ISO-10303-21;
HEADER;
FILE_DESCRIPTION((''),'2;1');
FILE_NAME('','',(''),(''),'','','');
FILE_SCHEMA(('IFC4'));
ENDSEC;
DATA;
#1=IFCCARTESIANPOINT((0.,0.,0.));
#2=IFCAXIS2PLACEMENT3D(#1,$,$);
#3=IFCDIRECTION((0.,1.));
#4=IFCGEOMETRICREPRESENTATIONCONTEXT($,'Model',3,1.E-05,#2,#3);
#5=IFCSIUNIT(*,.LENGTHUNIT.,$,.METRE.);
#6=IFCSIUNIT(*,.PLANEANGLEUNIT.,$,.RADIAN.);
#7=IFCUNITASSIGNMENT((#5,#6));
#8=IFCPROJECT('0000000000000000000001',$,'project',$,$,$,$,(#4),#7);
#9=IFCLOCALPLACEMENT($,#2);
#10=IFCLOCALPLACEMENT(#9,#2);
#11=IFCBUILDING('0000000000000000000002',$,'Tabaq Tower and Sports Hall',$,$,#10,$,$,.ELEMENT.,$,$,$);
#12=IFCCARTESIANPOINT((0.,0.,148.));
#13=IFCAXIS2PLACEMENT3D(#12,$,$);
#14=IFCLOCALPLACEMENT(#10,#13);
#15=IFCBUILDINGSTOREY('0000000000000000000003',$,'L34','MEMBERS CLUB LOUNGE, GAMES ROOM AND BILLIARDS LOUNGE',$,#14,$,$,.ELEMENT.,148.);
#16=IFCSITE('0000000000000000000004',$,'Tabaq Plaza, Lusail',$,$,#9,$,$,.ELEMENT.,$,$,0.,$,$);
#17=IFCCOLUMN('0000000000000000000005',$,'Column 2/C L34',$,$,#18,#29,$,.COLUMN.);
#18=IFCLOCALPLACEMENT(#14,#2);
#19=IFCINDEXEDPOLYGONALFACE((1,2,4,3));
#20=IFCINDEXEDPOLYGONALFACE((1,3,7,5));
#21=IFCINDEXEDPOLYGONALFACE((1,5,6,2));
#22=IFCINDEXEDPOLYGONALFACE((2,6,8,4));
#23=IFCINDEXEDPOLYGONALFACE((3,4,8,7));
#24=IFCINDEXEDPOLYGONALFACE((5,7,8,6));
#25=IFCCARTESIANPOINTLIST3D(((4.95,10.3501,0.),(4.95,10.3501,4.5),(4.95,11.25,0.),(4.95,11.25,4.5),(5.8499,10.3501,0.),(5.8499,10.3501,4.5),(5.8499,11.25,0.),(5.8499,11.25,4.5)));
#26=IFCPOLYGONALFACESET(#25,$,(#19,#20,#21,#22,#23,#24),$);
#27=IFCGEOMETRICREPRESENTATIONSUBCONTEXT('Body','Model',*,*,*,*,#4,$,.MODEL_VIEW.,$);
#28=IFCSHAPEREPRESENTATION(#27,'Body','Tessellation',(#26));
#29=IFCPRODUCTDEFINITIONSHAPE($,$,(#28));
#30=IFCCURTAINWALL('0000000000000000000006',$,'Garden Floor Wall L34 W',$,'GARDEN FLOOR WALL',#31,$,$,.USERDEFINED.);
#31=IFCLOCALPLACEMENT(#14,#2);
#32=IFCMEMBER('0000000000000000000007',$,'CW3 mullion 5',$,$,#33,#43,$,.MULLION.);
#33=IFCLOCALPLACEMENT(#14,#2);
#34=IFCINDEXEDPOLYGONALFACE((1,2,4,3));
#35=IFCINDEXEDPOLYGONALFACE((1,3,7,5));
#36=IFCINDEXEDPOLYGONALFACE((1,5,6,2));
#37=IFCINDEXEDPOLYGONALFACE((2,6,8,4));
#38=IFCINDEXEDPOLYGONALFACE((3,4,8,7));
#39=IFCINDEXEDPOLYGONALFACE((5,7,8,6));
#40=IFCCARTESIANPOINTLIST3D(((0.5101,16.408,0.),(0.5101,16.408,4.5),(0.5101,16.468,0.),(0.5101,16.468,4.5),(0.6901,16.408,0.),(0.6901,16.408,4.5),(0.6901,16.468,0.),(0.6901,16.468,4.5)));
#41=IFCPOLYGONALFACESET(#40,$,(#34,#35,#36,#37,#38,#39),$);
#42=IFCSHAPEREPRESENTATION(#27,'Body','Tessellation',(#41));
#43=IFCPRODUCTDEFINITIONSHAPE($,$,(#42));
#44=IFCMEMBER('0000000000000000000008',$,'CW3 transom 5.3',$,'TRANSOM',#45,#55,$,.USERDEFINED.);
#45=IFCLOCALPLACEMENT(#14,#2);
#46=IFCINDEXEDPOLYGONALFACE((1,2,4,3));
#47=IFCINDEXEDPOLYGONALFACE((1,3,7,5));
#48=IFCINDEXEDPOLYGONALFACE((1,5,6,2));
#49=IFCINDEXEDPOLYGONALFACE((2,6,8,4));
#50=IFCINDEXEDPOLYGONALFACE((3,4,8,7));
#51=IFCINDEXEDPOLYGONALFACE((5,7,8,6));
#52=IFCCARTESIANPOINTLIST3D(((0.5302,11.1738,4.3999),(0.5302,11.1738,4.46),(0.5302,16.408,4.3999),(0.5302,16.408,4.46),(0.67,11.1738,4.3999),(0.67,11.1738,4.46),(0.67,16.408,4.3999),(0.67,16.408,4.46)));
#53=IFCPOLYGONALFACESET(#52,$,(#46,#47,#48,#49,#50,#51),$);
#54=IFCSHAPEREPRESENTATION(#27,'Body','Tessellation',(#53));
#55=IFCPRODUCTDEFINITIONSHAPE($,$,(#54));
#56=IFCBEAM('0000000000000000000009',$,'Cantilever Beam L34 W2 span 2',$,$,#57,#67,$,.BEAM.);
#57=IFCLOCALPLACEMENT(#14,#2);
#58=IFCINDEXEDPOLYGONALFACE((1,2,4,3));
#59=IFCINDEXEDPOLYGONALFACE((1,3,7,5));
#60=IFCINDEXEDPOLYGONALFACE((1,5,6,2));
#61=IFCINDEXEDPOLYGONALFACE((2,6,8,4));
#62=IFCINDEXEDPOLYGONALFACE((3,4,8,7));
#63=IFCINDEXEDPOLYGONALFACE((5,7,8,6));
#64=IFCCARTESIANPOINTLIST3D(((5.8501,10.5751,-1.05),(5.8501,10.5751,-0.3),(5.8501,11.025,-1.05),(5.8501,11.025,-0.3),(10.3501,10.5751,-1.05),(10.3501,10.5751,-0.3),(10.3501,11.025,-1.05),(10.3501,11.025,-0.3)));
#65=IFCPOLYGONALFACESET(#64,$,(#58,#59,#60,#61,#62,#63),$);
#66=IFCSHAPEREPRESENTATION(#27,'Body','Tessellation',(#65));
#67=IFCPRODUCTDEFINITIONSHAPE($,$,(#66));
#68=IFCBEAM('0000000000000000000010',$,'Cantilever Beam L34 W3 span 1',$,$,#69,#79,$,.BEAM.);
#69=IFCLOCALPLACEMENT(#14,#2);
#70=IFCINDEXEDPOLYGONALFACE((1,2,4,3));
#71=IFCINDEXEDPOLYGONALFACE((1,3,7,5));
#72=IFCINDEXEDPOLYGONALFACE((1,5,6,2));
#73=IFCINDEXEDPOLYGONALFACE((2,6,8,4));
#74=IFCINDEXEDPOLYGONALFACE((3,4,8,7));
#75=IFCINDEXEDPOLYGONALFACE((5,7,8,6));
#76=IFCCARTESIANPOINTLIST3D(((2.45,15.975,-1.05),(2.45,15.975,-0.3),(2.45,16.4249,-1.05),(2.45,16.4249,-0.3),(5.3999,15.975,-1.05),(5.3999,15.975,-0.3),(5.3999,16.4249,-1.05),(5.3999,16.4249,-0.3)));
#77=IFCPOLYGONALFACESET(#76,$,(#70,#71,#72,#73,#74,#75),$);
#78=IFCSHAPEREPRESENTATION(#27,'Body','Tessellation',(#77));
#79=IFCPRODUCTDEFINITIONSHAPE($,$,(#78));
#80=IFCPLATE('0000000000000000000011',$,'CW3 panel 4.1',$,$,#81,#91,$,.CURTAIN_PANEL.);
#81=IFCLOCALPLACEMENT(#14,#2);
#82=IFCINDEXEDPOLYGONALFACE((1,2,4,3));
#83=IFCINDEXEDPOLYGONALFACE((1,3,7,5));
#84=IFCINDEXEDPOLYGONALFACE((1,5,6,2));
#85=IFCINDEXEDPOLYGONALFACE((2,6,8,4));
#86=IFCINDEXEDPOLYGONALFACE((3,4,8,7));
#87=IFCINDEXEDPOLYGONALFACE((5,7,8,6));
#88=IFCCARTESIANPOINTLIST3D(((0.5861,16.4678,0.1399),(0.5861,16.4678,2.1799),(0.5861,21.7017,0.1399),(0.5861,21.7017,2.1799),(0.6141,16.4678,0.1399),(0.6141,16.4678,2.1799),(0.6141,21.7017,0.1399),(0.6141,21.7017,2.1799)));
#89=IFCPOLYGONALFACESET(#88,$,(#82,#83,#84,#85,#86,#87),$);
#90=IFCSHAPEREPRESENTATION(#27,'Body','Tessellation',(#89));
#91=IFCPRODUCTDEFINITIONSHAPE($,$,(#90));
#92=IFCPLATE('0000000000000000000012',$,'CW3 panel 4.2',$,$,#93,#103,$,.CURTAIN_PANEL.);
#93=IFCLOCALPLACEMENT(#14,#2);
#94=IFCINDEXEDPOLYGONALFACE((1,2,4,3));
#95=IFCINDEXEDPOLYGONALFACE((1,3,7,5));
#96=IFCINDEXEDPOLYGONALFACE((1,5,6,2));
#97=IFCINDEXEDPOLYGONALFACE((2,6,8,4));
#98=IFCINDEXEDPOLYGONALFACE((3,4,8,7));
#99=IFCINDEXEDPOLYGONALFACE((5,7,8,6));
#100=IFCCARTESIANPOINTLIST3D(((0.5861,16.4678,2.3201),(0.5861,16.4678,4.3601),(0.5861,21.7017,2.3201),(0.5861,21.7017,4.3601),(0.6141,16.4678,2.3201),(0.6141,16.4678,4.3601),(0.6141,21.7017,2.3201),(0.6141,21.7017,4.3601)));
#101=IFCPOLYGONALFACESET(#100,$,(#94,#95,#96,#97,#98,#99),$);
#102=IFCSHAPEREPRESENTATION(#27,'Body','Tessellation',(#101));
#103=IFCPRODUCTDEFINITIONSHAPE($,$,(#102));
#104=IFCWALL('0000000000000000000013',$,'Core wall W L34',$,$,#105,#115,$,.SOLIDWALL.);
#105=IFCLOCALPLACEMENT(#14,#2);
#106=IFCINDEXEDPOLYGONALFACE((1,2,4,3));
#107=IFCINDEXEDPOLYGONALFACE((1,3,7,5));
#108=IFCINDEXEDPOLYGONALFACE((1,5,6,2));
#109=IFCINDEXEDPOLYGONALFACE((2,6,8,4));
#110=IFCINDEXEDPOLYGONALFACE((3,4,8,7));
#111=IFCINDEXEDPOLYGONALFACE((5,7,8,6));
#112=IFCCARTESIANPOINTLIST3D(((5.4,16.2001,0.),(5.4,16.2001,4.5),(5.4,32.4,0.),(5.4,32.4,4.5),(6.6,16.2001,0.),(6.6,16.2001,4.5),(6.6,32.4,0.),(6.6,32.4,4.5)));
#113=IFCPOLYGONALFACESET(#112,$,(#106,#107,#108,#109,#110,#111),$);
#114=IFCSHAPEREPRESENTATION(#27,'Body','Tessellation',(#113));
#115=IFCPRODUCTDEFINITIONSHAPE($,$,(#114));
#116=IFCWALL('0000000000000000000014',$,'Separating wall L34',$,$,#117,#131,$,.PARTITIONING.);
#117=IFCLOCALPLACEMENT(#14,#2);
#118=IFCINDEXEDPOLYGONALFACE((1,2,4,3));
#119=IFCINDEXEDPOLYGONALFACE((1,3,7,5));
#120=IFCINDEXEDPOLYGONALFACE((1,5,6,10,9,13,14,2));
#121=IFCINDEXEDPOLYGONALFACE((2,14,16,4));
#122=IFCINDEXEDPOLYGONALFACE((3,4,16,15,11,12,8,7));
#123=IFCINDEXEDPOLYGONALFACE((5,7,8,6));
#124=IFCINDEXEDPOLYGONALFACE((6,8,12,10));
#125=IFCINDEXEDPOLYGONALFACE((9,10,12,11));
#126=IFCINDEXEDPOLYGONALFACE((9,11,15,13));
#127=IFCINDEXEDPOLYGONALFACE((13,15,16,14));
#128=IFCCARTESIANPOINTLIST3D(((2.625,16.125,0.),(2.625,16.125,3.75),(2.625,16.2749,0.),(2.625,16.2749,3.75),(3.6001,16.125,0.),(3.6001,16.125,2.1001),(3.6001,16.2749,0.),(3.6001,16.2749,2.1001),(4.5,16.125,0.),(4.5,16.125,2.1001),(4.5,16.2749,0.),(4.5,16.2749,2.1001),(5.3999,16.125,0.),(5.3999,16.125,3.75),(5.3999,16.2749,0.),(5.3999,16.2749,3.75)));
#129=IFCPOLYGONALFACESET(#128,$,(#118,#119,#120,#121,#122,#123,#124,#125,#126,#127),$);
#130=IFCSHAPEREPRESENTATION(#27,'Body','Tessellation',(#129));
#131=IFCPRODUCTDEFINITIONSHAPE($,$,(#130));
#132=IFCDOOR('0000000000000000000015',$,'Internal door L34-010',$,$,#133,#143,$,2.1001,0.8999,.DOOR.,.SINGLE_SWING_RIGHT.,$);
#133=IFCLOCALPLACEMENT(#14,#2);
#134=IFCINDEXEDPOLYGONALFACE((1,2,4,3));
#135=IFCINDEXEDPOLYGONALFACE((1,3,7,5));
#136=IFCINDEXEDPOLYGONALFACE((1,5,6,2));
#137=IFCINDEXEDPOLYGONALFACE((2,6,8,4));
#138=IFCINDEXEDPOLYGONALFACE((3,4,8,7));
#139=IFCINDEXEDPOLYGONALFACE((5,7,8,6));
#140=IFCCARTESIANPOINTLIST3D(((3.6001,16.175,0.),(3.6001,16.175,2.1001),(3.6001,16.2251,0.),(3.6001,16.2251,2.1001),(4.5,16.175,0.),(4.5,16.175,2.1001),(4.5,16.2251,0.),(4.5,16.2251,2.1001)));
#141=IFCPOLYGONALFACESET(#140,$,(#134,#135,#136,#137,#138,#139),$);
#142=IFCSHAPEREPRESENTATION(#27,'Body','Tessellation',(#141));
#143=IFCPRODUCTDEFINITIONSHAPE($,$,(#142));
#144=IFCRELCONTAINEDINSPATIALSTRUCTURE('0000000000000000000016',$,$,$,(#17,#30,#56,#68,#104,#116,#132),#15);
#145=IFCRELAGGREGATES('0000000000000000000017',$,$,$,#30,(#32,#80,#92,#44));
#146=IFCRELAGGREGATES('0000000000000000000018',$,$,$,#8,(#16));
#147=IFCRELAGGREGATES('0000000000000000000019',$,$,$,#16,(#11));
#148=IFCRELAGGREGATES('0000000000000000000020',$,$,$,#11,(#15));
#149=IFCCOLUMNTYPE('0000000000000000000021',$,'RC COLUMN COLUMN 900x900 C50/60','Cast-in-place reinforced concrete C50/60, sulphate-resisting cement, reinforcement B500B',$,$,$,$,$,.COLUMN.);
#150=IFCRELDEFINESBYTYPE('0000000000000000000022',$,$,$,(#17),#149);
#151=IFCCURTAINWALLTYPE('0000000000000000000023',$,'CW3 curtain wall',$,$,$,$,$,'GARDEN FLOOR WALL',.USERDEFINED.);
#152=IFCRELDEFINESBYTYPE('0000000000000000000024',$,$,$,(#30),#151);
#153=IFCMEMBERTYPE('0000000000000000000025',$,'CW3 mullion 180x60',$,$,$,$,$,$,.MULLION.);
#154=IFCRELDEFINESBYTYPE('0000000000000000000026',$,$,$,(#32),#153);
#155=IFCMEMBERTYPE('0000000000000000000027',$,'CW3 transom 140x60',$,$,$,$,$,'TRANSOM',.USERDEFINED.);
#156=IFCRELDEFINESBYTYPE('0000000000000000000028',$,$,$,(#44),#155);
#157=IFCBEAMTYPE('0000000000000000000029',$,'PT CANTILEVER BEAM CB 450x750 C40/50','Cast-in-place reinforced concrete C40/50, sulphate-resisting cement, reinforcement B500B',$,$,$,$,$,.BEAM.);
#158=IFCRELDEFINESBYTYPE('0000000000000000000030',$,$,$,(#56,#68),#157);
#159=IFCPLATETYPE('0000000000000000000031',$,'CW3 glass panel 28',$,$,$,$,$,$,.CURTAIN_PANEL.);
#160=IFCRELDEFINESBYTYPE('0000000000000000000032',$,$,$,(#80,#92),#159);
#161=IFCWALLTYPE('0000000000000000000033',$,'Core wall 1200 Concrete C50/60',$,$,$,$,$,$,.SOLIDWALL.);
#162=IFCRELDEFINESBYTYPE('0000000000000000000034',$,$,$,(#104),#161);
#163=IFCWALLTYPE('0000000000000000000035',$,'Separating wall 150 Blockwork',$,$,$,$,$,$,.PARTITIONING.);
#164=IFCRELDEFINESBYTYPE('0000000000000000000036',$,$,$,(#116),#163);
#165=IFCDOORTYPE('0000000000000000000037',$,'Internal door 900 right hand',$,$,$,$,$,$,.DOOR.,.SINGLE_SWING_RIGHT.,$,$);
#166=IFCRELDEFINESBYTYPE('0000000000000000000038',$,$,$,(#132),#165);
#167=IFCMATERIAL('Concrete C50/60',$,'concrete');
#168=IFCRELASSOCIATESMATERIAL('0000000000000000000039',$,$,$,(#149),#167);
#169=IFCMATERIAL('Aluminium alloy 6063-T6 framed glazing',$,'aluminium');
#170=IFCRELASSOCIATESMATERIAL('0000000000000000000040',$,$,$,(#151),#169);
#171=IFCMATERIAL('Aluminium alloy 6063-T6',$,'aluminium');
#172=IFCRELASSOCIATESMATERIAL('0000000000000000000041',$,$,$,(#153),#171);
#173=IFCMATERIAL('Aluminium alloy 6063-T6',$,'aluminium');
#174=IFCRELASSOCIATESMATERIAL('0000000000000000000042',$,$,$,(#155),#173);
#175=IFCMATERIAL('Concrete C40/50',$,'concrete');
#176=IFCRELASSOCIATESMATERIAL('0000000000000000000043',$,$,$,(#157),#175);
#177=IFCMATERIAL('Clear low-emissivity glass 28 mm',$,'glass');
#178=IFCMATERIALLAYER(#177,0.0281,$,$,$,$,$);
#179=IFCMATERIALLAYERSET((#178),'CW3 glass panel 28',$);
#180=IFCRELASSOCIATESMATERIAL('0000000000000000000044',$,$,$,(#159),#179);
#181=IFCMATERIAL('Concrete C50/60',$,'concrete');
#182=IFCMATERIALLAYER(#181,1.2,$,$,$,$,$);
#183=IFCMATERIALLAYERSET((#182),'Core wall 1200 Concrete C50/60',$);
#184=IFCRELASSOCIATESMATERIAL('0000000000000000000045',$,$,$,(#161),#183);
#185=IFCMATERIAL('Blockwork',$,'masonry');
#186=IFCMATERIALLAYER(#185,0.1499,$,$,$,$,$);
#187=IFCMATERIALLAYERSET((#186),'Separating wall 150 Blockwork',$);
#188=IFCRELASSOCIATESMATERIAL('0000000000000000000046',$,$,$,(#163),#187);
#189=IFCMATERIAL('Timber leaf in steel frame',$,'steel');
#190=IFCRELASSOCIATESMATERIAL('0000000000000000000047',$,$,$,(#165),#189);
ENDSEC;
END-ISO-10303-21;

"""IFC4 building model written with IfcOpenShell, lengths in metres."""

from ifc_helpers import new_model, si_unit, direction, frame, frame_2d, origin, origin_2d, place, context, subcontext, project, spatial, rectangle, extrude, material, layer, layer_set, material_profile, profile_set, type_object, element, fill, aggregate, save


model = new_model("IFC4")

# Units and contexts
model_context = context("Model", 3, precision=1e-05, world=origin(), true_north=direction((0.0, 1.0)))
body_context = subcontext(model_context, "Body", "Model", "MODEL_VIEW")
ifc_project = project(units=[si_unit("LENGTHUNIT", "METRE"), si_unit("PLANEANGLEUNIT", "RADIAN")], contexts=[model_context])

# Site, building, storey
site_placement = place(None, origin())
site = spatial("IfcSite", under=ifc_project, at=site_placement, Name="Tabaq Plaza, Lusail", CompositionType="ELEMENT", RefElevation=0.0)
building_placement = place(site_placement, origin())
building = spatial("IfcBuilding", under=site, at=building_placement, Name="Tabaq Tower and Sports Hall", CompositionType="ELEMENT")
storey_placement = place(building_placement, frame((0.0, 0.0, 148.0)))
storey = spatial("IfcBuildingStorey", under=building, at=storey_placement, Name="L34", Description="MEMBERS CLUB LOUNGE, GAMES ROOM AND BILLIARDS LOUNGE", CompositionType="ELEMENT", Elevation=148.0)

# Column
ifc_material_1 = material(Name="Concrete C50/60", Category="concrete")
ifc_material_profile_1 = material_profile(ifc_material_1, rectangle(XDim=0.8999, YDim=0.8999, at=origin_2d()), Name="COLUMN 900x900")
ifc_profile_set_1 = profile_set([ifc_material_profile_1], Name="Concrete C50/60")
column_type = type_object("IfcColumnType", Name="RC COLUMN COLUMN 900x900 C50/60", Description="Cast-in-place reinforced concrete C50/60, sulphate-resisting cement, reinforcement B500B", PredefinedType="COLUMN", material=ifc_profile_set_1)
column_placement = place(storey_placement, frame((5.3999, 10.8, 0.0), z_axis=(0.0, 0.0, 1.0), x_axis=(1.0, 0.0, 0.0)))
element("IfcColumn", 1, at=column_placement, inside=storey, type_object=column_type, Name="Column 2/C L34", PredefinedType="COLUMN", context=body_context, shape_type="SweptSolid", body=[
    extrude(rectangle(XDim=0.8999, YDim=0.8999, at=origin_2d()), origin(), (0.0, 0.0, 1.0), 4.5),
])

# Curtain wall, members
ifc_material_2 = material(Name="Aluminium alloy 6063-T6 framed glazing", Category="aluminium")
curtain_wall_type = type_object("IfcCurtainWallType", Name="CW3 curtain wall", ElementType="GARDEN FLOOR WALL", PredefinedType="USERDEFINED", material=ifc_material_2)
curtain_wall_placement = place(storey_placement, origin())
curtain_wall = element("IfcCurtainWall", 2, at=curtain_wall_placement, inside=storey, type_object=curtain_wall_type, Name="Garden Floor Wall L34 W", ObjectType="GARDEN FLOOR WALL", PredefinedType="USERDEFINED")
ifc_material_3 = material(Name="Aluminium alloy 6063-T6", Category="aluminium")
ifc_material_profile_2 = material_profile(ifc_material_3, rectangle(XDim=0.1799, YDim=0.0601, at=origin_2d()), Name="MULLION 180x60")
ifc_profile_set_2 = profile_set([ifc_material_profile_2], Name="Aluminium alloy 6063-T6")
member_type_1 = type_object("IfcMemberType", Name="CW3 mullion 180x60", PredefinedType="MULLION", material=ifc_profile_set_2)
member_1_placement = place(storey_placement, frame((0.6001, 16.438, 0.0), z_axis=(0.0, 0.0, 1.0), x_axis=(1.0, 0.0, 0.0)))
member_1 = element("IfcMember", 3, at=member_1_placement, type_object=member_type_1, Name="CW3 mullion 5", PredefinedType="MULLION", context=body_context, shape_type="SweptSolid", body=[
    extrude(rectangle(XDim=0.1799, YDim=0.0601, at=origin_2d()), origin(), (0.0, 0.0, 1.0), 4.5),
])
ifc_material_4 = material(Name="Aluminium alloy 6063-T6", Category="aluminium")
ifc_material_profile_3 = material_profile(ifc_material_4, rectangle(XDim=0.1399, YDim=0.0601, at=origin_2d()), Name="TRANSOM 140x60")
ifc_profile_set_3 = profile_set([ifc_material_profile_3], Name="Aluminium alloy 6063-T6")
member_type_2 = type_object("IfcMemberType", Name="CW3 transom 140x60", ElementType="TRANSOM", PredefinedType="USERDEFINED", material=ifc_profile_set_3)
member_2_placement = place(storey_placement, frame((0.6001, 16.408, 4.4299), z_axis=(0.0, -1.0, 0.0), x_axis=(1.0, 0.0, 0.0)))
member_2 = element("IfcMember", 4, at=member_2_placement, type_object=member_type_2, Name="CW3 transom 5.3", ObjectType="TRANSOM", PredefinedType="USERDEFINED", context=body_context, shape_type="SweptSolid", body=[
    extrude(rectangle(XDim=0.1399, YDim=0.0601, at=origin_2d()), origin(), (0.0, 0.0, 1.0), 5.2341),
])

# Beams
ifc_material_5 = material(Name="Concrete C40/50", Category="concrete")
ifc_material_profile_4 = material_profile(ifc_material_5, rectangle(XDim=0.45, YDim=0.75, at=origin_2d()), Name="CB 450x750")
ifc_profile_set_4 = profile_set([ifc_material_profile_4], Name="Concrete C40/50")
beam_type = type_object("IfcBeamType", Name="PT CANTILEVER BEAM CB 450x750 C40/50", Description="Cast-in-place reinforced concrete C40/50, sulphate-resisting cement, reinforcement B500B", PredefinedType="BEAM", material=ifc_profile_set_4)
beam_1_placement = place(storey_placement, frame((5.8501, 10.8, -0.675), z_axis=(1.0, 0.0, 0.0), x_axis=(0.0, 1.0, 0.0)))
element("IfcBeam", 5, at=beam_1_placement, inside=storey, type_object=beam_type, Name="Cantilever Beam L34 W2 span 2", PredefinedType="BEAM", context=body_context, shape_type="SweptSolid", body=[
    extrude(rectangle(XDim=0.45, YDim=0.75, at=origin_2d()), origin(), (0.0, 0.0, 1.0), 4.5),
])
beam_2_placement = place(storey_placement, frame((2.45, 16.2, -0.675), z_axis=(1.0, 0.0, 0.0), x_axis=(0.0, 1.0, 0.0)))
element("IfcBeam", 6, at=beam_2_placement, inside=storey, type_object=beam_type, Name="Cantilever Beam L34 W3 span 1", PredefinedType="BEAM", context=body_context, shape_type="SweptSolid", body=[
    extrude(rectangle(XDim=0.45, YDim=0.75, at=origin_2d()), origin(), (0.0, 0.0, 1.0), 2.95),
])

# Plates
ifc_material_6 = material(Name="Clear low-emissivity glass 28 mm", Category="glass")
ifc_layer_1 = layer(ifc_material_6, 0.0281)
ifc_layer_set_1 = layer_set([ifc_layer_1], Name="CW3 glass panel 28")
plate_type = type_object("IfcPlateType", Name="CW3 glass panel 28", PredefinedType="CURTAIN_PANEL", material=ifc_layer_set_1)
plate_1_placement = place(storey_placement, frame((0.6001, 19.0847, 0.1399), z_axis=(0.0, 0.0, 1.0), x_axis=(0.0, -1.0, 0.0)))
plate_1 = element("IfcPlate", 7, at=plate_1_placement, type_object=plate_type, Name="CW3 panel 4.1", PredefinedType="CURTAIN_PANEL", context=body_context, shape_type="SweptSolid", body=[
    extrude(rectangle(XDim=5.2339, YDim=0.0281, at=origin_2d()), origin(), (0.0, 0.0, 1.0), 2.04),
])
plate_2_placement = place(storey_placement, frame((0.6001, 19.0847, 2.3201), z_axis=(0.0, 0.0, 1.0), x_axis=(0.0, -1.0, 0.0)))
plate_2 = element("IfcPlate", 8, at=plate_2_placement, type_object=plate_type, Name="CW3 panel 4.2", PredefinedType="CURTAIN_PANEL", context=body_context, shape_type="SweptSolid", body=[
    extrude(rectangle(XDim=5.2339, YDim=0.0281, at=origin_2d()), origin(), (0.0, 0.0, 1.0), 2.04),
])
aggregate(curtain_wall, [member_1, plate_1, plate_2, member_2])

# Wall
ifc_material_7 = material(Name="Concrete C50/60", Category="concrete")
ifc_layer_2 = layer(ifc_material_7, 1.2)
ifc_layer_set_2 = layer_set([ifc_layer_2], Name="Core wall 1200 Concrete C50/60")
wall_type_1 = type_object("IfcWallType", Name="Core wall 1200 Concrete C50/60", PredefinedType="SOLIDWALL", material=ifc_layer_set_2)
wall_1_placement = place(storey_placement, frame((6.0, 16.2, 0.0), z_axis=(0.0, 0.0, 1.0), x_axis=(0.0, 1.0, 0.0)))
element("IfcWall", 9, at=wall_1_placement, inside=storey, type_object=wall_type_1, Name="Core wall W L34", PredefinedType="SOLIDWALL", context=body_context, shape_type="SweptSolid", body=[
    extrude(rectangle(XDim=16.2, YDim=1.2, at=frame_2d((8.1001, 0.0))), origin(), (0.0, 0.0, 1.0), 4.5),
])

# Wall, opening, door
ifc_material_8 = material(Name="Blockwork", Category="masonry")
ifc_layer_3 = layer(ifc_material_8, 0.1499)
ifc_layer_set_3 = layer_set([ifc_layer_3], Name="Separating wall 150 Blockwork")
wall_type_2 = type_object("IfcWallType", Name="Separating wall 150 Blockwork", PredefinedType="PARTITIONING", material=ifc_layer_set_3)
wall_2_placement = place(storey_placement, frame((5.3999, 16.2, 0.0), z_axis=(0.0, 0.0, 1.0), x_axis=(-1.0, 0.0, 0.0)))
wall_2 = element("IfcWall", 10, at=wall_2_placement, inside=storey, type_object=wall_type_2, Name="Separating wall L34", PredefinedType="PARTITIONING", context=body_context, shape_type="SweptSolid", body=[
    extrude(rectangle(XDim=2.7749, YDim=0.1499, at=frame_2d((1.3875, 0.0))), origin(), (0.0, 0.0, 1.0), 3.75),
])
opening_1_placement = place(wall_2_placement, frame((0.8999, 0.0, 0.0)))
opening_1 = element("IfcOpeningElement", 11, at=opening_1_placement, cuts=wall_2, PredefinedType="OPENING", context=body_context, shape_type="SweptSolid", body=[
    extrude(rectangle(XDim=0.8999, YDim=2.1001, at=frame_2d((0.45, 1.05))), frame((0.0, 0.075, 0.0), z_axis=(0.0, -1.0, 0.0), x_axis=(1.0, 0.0, 0.0)), (0.0, 0.0, 1.0), 0.1499),
])
ifc_material_9 = material(Name="Timber leaf in steel frame", Category="steel")
door_type_1 = type_object("IfcDoorType", Name="Internal door 900 right hand", OperationType="SINGLE_SWING_RIGHT", PredefinedType="DOOR", material=ifc_material_9)
door_1_placement = place(opening_1_placement, origin())
door_1 = element("IfcDoor", 12, at=door_1_placement, inside=storey, type_object=door_type_1, Name="Internal door L34-010", OperationType="SINGLE_SWING_RIGHT", OverallHeight=2.1001, OverallWidth=0.8999, PredefinedType="DOOR", context=body_context, shape_type="SweptSolid", body=[
    extrude(rectangle(XDim=0.8999, YDim=2.1001, at=frame_2d((0.45, 1.05))), frame((0.0, 0.0249, 0.0), z_axis=(0.0, -1.0, 0.0), x_axis=(1.0, 0.0, 0.0)), (0.0, 0.0, 1.0), 0.05),
])
fill(opening_1, door_1)

save(model, "model.ifc")
